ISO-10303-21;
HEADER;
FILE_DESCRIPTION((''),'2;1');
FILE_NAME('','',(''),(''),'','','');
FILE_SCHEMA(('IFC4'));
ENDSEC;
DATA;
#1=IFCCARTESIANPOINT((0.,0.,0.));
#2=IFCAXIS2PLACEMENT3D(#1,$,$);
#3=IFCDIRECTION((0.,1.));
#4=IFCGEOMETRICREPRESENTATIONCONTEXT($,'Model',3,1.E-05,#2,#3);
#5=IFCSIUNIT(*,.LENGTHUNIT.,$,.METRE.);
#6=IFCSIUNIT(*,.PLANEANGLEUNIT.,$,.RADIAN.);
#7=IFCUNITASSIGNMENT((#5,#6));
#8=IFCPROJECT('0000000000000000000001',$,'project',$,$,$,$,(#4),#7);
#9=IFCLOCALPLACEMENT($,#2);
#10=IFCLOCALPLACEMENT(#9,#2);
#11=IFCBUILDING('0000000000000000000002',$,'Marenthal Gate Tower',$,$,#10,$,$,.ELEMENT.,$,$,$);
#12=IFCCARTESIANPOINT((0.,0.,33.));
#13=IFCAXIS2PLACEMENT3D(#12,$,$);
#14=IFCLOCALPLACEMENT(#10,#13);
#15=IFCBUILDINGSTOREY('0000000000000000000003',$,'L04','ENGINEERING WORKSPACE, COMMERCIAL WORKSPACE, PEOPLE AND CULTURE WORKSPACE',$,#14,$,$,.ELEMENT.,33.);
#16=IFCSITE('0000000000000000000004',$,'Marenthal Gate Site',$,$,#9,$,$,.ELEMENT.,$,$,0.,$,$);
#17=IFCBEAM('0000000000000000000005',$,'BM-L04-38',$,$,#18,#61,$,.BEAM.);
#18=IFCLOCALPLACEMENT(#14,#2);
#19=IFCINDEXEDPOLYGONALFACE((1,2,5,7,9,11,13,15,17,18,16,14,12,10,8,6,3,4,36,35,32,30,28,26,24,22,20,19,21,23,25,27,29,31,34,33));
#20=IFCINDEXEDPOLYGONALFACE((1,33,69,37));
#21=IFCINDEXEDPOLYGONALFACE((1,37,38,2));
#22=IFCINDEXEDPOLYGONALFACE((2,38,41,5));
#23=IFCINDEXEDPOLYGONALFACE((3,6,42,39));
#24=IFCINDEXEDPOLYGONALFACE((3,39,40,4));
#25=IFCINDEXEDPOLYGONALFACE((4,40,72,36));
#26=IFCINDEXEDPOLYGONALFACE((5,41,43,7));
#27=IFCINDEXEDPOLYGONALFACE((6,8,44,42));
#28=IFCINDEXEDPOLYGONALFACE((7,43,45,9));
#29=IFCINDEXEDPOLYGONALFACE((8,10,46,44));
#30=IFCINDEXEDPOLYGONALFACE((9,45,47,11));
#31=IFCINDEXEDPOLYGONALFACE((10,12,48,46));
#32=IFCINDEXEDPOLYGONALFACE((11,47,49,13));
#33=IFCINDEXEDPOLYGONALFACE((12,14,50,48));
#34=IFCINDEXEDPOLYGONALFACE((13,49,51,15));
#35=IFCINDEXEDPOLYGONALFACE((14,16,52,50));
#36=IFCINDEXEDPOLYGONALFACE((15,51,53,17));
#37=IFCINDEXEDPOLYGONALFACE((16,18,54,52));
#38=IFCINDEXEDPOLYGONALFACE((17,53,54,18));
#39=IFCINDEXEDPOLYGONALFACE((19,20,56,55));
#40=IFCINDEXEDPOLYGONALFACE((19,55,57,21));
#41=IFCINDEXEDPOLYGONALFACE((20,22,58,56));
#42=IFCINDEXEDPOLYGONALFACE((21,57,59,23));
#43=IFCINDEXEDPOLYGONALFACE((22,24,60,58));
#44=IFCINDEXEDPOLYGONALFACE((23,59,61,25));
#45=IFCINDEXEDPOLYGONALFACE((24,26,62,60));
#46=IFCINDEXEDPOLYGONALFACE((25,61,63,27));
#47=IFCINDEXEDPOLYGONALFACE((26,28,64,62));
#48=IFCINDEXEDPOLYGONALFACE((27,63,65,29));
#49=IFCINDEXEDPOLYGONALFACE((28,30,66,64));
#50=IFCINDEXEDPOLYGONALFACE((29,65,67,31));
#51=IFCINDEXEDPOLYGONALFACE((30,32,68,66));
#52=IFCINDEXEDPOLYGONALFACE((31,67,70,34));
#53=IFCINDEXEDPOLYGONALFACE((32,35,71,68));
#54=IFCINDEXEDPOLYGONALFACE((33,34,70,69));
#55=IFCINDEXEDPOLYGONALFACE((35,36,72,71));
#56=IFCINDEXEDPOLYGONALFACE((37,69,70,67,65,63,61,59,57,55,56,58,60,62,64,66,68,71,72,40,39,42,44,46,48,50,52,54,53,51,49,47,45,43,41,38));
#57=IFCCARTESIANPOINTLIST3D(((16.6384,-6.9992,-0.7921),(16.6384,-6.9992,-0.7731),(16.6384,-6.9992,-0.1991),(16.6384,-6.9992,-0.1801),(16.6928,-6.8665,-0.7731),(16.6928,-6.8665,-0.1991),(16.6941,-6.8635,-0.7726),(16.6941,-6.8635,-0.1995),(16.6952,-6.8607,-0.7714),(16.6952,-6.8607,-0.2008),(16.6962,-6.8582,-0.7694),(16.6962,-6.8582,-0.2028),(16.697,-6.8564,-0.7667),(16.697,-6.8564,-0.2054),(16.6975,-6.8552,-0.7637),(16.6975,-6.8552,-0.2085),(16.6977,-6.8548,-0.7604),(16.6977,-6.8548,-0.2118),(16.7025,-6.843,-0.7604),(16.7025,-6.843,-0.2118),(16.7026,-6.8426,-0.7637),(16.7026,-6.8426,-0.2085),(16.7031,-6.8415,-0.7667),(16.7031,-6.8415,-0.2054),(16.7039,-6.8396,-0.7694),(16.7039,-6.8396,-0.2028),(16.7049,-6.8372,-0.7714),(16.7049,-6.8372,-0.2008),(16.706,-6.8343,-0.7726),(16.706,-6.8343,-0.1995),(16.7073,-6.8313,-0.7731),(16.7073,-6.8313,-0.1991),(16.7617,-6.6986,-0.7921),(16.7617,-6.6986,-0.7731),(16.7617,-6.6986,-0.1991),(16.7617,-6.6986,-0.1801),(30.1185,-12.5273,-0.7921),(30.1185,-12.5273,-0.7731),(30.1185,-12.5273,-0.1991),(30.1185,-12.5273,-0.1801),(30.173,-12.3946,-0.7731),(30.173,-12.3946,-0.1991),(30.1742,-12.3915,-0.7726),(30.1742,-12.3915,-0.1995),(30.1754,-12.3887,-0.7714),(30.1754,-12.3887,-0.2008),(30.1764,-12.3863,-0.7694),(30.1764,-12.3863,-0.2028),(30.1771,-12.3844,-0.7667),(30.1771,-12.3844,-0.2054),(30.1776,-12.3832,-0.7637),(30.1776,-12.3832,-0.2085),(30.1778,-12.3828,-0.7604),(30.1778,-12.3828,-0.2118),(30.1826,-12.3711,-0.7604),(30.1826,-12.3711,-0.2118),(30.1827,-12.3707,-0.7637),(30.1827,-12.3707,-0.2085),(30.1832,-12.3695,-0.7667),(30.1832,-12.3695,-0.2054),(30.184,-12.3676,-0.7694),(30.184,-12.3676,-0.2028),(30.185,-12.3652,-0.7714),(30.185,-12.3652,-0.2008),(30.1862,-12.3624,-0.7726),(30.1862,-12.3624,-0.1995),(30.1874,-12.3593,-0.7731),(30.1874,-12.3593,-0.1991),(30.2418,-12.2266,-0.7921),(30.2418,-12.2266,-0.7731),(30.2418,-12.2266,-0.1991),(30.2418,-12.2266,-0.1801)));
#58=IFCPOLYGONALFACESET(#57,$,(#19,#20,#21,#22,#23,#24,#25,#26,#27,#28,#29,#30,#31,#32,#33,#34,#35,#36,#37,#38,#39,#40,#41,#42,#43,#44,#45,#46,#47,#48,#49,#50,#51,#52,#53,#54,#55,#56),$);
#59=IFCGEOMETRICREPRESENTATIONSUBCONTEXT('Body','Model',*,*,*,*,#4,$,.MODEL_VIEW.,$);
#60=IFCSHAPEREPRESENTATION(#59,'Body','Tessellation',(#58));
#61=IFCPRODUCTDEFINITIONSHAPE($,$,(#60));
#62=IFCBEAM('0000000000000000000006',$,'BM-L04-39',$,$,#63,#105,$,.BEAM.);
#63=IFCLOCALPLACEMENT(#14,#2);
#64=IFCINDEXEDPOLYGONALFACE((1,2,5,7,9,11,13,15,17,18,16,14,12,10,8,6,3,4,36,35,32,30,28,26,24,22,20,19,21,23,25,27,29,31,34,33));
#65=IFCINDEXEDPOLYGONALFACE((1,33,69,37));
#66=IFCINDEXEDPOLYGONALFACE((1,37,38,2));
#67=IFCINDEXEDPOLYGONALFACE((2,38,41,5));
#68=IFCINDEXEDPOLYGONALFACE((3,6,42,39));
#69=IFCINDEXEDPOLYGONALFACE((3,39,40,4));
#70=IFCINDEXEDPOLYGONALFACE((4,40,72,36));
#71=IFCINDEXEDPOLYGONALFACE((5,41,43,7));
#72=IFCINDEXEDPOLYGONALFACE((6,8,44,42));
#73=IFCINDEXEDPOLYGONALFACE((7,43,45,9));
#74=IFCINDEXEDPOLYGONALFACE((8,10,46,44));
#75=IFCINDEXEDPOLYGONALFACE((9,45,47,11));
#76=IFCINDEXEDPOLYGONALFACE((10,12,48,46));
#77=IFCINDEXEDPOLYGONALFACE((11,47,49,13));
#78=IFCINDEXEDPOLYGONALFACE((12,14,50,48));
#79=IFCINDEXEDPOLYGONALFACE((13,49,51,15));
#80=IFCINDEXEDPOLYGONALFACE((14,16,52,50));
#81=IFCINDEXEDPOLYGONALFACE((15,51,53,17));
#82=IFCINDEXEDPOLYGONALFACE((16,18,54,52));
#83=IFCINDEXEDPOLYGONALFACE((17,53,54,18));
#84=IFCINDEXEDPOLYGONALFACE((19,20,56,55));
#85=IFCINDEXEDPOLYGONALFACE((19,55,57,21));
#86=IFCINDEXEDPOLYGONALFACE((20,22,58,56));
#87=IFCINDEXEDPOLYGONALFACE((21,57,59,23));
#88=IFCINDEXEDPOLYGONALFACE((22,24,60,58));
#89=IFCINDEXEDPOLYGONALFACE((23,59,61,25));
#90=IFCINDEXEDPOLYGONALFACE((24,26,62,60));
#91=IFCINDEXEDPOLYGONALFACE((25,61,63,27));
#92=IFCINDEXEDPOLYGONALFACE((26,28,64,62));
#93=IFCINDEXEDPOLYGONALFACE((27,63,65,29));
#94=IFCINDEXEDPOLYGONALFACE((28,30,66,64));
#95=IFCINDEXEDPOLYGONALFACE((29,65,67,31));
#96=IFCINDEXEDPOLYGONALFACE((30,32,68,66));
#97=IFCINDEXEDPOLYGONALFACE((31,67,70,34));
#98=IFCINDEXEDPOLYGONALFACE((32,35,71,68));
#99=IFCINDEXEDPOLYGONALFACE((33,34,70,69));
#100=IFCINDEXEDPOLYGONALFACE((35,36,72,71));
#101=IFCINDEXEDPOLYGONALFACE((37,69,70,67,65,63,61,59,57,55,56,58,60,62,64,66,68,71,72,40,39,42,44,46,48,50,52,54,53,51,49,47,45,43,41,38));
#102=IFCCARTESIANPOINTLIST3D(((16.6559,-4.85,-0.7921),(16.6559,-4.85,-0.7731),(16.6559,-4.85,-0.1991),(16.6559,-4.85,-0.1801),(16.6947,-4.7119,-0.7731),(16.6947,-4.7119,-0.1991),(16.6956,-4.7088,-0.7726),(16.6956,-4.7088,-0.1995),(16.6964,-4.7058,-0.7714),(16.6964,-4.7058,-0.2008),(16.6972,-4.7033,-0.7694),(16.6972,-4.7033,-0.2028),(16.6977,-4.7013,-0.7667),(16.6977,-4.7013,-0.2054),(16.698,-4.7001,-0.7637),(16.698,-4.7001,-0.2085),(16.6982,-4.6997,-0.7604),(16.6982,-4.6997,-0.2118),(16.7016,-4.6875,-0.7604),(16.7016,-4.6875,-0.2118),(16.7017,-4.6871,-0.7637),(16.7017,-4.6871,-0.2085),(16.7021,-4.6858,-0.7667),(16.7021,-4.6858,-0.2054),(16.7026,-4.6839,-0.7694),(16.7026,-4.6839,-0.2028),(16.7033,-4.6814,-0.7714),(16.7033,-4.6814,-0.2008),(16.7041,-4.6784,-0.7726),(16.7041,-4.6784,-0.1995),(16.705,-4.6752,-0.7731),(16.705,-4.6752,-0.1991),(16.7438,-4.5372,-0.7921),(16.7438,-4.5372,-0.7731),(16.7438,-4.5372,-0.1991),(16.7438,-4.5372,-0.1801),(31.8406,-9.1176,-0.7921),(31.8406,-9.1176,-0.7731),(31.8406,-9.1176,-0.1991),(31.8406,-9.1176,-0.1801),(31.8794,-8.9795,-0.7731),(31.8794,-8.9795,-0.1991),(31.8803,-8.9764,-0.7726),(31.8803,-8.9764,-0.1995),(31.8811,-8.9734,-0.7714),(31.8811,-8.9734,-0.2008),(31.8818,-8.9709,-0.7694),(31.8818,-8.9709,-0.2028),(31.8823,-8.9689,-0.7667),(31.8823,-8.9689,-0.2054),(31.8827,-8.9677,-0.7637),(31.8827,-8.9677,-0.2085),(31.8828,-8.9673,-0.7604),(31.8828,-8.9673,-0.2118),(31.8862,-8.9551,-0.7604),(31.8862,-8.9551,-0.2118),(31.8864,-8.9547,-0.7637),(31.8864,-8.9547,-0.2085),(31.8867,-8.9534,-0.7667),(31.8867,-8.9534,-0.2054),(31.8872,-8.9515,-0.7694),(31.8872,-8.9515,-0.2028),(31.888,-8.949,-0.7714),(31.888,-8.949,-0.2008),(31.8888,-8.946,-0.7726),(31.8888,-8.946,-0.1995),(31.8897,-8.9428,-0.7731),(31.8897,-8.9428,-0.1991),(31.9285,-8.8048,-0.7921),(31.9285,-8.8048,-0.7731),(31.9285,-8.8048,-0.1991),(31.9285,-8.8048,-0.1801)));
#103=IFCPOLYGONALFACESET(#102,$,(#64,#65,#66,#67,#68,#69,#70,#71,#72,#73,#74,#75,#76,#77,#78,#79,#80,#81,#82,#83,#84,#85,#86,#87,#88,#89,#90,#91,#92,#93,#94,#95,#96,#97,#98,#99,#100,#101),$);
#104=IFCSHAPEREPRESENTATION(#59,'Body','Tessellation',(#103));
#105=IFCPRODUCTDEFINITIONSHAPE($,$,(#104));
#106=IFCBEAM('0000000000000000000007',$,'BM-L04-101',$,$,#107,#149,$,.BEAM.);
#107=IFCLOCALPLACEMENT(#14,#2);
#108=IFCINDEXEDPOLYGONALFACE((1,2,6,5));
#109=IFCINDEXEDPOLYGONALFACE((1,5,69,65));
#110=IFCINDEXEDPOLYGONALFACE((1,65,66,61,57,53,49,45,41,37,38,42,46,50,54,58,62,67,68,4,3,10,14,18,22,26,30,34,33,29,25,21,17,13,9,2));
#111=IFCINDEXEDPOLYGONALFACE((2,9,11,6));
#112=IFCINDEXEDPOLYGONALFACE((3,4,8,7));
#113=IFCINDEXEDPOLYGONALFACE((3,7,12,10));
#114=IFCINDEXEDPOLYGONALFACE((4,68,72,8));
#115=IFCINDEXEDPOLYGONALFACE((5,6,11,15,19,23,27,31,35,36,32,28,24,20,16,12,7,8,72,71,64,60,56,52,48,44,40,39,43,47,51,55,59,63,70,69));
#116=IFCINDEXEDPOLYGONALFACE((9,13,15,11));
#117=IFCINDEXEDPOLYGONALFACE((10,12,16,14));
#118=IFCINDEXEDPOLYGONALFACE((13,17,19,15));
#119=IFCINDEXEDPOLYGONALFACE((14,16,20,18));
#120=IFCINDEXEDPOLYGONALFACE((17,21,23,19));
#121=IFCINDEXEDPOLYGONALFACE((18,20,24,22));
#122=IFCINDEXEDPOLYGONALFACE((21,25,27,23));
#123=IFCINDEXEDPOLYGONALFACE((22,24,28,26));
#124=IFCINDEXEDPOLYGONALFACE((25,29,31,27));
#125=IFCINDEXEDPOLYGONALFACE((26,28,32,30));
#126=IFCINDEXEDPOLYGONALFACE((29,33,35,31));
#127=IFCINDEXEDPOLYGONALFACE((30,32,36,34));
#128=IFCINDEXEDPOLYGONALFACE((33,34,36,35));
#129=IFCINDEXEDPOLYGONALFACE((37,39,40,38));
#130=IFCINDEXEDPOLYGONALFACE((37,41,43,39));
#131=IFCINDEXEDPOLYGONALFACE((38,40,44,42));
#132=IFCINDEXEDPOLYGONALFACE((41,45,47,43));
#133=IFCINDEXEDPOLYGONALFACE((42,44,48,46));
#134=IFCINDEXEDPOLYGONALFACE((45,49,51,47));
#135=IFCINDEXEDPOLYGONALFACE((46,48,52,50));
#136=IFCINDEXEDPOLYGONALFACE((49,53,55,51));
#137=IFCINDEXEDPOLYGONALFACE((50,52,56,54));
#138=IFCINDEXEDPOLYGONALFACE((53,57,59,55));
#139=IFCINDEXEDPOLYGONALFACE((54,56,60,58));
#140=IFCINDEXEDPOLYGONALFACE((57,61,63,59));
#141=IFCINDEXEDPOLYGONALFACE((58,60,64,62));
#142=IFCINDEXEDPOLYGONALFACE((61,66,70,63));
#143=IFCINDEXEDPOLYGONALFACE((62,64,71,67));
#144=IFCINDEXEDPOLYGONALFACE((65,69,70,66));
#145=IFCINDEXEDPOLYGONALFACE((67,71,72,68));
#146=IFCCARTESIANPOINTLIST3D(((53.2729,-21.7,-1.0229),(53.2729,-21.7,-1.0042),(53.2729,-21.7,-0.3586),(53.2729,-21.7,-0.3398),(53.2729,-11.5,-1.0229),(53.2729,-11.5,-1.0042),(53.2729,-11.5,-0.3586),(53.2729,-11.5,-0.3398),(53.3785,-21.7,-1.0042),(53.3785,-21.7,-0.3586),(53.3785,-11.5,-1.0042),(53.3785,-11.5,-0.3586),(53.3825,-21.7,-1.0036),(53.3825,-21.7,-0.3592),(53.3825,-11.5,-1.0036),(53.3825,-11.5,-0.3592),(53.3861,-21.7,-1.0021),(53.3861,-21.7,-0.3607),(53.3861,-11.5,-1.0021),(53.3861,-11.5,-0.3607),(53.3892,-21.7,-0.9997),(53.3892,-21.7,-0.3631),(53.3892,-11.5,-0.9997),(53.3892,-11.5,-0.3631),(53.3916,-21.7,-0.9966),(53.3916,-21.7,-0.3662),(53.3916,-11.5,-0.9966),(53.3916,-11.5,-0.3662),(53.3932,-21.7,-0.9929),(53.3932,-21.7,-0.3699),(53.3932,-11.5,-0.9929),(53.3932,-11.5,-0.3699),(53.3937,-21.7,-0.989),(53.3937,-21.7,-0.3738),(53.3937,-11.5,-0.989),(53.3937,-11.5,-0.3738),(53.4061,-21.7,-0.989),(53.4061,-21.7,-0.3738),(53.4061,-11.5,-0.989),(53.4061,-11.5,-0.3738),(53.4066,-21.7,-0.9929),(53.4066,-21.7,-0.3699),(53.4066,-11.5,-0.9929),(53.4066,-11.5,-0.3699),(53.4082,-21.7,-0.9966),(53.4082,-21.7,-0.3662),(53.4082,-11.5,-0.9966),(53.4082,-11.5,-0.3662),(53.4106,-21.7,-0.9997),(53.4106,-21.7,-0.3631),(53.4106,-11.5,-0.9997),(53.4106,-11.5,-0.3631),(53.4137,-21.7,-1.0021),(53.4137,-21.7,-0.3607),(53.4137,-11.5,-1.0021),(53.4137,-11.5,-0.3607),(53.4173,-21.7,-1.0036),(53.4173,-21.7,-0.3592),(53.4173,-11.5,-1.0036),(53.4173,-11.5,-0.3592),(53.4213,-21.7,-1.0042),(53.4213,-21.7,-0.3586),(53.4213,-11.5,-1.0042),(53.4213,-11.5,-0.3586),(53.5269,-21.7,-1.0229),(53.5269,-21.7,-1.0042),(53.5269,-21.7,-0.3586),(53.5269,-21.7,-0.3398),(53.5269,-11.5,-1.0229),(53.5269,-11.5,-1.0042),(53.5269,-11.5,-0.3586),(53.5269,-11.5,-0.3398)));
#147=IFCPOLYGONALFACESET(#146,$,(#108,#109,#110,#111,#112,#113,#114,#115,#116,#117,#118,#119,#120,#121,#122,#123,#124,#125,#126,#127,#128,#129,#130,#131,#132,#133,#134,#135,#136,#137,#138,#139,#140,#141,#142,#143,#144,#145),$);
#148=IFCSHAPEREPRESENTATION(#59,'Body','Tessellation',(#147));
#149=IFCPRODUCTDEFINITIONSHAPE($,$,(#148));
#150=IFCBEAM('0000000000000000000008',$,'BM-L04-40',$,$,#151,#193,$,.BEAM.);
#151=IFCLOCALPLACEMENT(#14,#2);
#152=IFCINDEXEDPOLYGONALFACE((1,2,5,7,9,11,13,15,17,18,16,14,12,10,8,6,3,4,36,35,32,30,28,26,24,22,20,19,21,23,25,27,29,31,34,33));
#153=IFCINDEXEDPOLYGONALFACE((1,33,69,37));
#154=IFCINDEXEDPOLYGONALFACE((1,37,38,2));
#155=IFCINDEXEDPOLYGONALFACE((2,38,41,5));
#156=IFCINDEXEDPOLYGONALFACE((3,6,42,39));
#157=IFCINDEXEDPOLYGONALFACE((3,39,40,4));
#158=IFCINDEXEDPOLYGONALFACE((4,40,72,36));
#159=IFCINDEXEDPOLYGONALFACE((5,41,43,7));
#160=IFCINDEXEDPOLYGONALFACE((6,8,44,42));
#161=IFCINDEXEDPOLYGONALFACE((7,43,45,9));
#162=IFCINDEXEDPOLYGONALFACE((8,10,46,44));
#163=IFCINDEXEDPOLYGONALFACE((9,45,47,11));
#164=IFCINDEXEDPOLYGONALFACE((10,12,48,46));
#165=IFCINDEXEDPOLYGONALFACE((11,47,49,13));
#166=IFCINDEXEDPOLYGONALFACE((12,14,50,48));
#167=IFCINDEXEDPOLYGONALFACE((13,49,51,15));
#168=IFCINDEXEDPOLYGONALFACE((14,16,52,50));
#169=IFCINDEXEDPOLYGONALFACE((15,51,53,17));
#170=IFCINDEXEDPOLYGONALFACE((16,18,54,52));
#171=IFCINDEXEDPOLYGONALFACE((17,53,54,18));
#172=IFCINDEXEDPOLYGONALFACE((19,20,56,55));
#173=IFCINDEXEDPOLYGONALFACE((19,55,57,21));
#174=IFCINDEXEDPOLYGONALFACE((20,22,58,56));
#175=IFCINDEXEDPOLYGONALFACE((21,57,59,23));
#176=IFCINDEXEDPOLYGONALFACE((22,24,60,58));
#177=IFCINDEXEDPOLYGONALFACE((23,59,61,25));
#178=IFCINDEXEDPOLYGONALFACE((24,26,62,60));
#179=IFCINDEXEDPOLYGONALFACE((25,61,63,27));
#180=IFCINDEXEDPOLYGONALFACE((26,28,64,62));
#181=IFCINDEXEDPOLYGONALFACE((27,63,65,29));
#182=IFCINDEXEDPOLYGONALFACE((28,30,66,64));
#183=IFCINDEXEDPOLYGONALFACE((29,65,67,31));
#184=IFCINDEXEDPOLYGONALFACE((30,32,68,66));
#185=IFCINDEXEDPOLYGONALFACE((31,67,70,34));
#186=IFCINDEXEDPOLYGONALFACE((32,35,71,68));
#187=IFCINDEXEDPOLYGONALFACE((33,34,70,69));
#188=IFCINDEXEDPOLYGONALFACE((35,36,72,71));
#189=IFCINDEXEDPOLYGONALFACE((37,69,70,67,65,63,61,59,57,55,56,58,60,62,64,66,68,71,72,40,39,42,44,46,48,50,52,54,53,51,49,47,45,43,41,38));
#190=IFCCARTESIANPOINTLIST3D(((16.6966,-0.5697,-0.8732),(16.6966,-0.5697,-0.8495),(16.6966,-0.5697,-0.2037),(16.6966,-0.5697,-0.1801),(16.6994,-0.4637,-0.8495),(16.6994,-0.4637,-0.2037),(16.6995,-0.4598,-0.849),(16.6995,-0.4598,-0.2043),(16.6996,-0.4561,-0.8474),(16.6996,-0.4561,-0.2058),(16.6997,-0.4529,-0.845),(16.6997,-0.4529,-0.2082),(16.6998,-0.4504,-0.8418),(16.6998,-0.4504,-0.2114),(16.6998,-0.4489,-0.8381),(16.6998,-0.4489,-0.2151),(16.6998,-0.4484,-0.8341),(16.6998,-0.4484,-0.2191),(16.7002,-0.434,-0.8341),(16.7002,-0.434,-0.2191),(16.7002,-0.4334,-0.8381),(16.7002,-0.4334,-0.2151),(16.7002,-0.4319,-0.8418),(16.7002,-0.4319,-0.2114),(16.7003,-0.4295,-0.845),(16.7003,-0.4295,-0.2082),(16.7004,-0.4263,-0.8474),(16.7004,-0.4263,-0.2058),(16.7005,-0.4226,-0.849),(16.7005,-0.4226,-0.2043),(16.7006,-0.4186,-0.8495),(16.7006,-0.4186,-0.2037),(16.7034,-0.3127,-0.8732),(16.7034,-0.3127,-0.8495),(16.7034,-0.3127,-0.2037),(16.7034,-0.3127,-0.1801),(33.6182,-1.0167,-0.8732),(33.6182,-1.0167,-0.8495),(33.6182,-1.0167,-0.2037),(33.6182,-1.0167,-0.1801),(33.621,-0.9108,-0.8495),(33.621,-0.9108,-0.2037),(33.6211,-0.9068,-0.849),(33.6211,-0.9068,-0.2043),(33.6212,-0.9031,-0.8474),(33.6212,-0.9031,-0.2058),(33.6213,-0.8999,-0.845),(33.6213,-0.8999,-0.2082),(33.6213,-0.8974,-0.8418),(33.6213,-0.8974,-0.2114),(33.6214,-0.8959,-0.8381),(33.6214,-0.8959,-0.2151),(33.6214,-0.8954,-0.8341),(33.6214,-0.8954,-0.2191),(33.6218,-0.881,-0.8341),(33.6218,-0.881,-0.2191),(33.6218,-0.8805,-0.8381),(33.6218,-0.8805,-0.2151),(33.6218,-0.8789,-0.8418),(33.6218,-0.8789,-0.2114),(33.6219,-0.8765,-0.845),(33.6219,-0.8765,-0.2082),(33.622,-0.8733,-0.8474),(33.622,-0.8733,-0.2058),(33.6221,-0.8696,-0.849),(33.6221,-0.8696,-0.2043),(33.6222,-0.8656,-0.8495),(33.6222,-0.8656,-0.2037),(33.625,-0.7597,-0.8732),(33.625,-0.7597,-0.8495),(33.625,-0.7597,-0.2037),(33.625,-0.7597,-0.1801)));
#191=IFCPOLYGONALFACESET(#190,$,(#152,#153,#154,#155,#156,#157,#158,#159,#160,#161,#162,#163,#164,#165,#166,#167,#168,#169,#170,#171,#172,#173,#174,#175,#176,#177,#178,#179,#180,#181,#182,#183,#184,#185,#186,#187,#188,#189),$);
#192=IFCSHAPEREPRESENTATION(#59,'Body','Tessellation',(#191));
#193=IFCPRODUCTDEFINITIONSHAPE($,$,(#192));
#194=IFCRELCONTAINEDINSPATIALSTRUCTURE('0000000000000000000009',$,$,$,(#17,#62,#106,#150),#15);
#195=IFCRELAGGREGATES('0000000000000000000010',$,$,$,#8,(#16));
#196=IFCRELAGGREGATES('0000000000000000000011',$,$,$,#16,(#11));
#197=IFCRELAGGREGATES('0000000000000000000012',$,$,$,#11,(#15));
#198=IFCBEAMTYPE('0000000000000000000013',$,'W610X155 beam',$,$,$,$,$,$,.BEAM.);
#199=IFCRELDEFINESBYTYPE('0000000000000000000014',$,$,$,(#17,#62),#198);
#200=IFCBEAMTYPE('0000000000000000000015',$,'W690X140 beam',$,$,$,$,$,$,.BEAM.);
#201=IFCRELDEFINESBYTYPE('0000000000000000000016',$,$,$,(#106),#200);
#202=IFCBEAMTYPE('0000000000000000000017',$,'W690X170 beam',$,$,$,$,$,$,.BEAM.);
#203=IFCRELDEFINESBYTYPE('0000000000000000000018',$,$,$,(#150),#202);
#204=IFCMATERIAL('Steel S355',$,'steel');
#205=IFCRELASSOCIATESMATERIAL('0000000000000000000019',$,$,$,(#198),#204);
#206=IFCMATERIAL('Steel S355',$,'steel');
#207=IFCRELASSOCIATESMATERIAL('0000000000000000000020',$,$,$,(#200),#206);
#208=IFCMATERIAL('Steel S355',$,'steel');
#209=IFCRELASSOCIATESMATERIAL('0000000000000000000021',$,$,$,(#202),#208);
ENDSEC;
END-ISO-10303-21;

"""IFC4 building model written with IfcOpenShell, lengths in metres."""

from ifc_helpers import new_model, si_unit, direction, frame, origin, origin_2d, place, context, subcontext, project, spatial, i_section, extrude, material, material_profile, profile_set, type_object, element, save


model = new_model("IFC4")

# Units and contexts
model_context = context("Model", 3, precision=1e-05, world=origin(), true_north=direction((0.0, 1.0)))
body_context = subcontext(model_context, "Body", "Model", "MODEL_VIEW")
ifc_project = project(units=[si_unit("LENGTHUNIT", "METRE"), si_unit("PLANEANGLEUNIT", "RADIAN")], contexts=[model_context])

# Site, building, storey
site_placement = place(None, origin())
site = spatial("IfcSite", under=ifc_project, at=site_placement, Name="Marenthal Gate Site", CompositionType="ELEMENT", RefElevation=0.0)
building_placement = place(site_placement, origin())
building = spatial("IfcBuilding", under=site, at=building_placement, Name="Marenthal Gate Tower", CompositionType="ELEMENT")
storey_placement = place(building_placement, frame((0.0, 0.0, 33.0)))
storey = spatial("IfcBuildingStorey", under=building, at=storey_placement, Name="L04", Description="ENGINEERING WORKSPACE, COMMERCIAL WORKSPACE, PEOPLE AND CULTURE WORKSPACE", CompositionType="ELEMENT", Elevation=33.0)

# Beams
ifc_material_1 = material(Name="Steel S355", Category="steel")
ifc_material_profile_1 = material_profile(ifc_material_1, i_section(OverallWidth=0.325, OverallDepth=0.6121, WebThickness=0.0127, FlangeThickness=0.019, FilletRadius=0.0127, at=origin_2d()), Name="W610X155")
ifc_profile_set_1 = profile_set([ifc_material_profile_1], Name="Steel S355")
beam_type_1 = type_object("IfcBeamType", Name="W610X155 beam", PredefinedType="BEAM", material=ifc_profile_set_1)
beam_1_placement = place(storey_placement, frame((30.1802, -12.377, -0.4861), z_axis=(-0.925223, 0.379423, 0.0), x_axis=(-0.379423, -0.925223, 0.0)))
element("IfcBeam", 1, at=beam_1_placement, inside=storey, type_object=beam_type_1, Name="BM-L04-38", PredefinedType="BEAM", context=body_context, shape_type="SweptSolid", body=[
    extrude(i_section(OverallWidth=0.325, OverallDepth=0.6121, WebThickness=0.0127, FlangeThickness=0.019, FilletRadius=0.0127, at=origin_2d()), origin(), (0.0, 0.0, 1.0), 14.5696),
])
beam_2_placement = place(storey_placement, frame((31.8845, -8.9612, -0.4861), z_axis=(-0.962702, 0.270564, 0.0), x_axis=(-0.270564, -0.962702, 0.0)))
element("IfcBeam", 2, at=beam_2_placement, inside=storey, type_object=beam_type_1, Name="BM-L04-39", PredefinedType="BEAM", context=body_context, shape_type="SweptSolid", body=[
    extrude(i_section(OverallWidth=0.325, OverallDepth=0.6121, WebThickness=0.0127, FlangeThickness=0.019, FilletRadius=0.0127, at=origin_2d()), origin(), (0.0, 0.0, 1.0), 15.7729),
])
ifc_material_2 = material(Name="Steel S355", Category="steel")
ifc_material_profile_2 = material_profile(ifc_material_2, i_section(OverallWidth=0.2539, OverallDepth=0.6831, WebThickness=0.0125, FlangeThickness=0.0188, FilletRadius=0.0151, at=origin_2d()), Name="W690X140")
ifc_profile_set_2 = profile_set([ifc_material_profile_2], Name="Steel S355")
beam_type_2 = type_object("IfcBeamType", Name="W690X140 beam", PredefinedType="BEAM", material=ifc_profile_set_2)
beam_3_placement = place(storey_placement, frame((53.3999, -21.7, -0.6814), z_axis=(0.0, 1.0, 0.0), x_axis=(-1.0, 0.0, 0.0)))
element("IfcBeam", 3, at=beam_3_placement, inside=storey, type_object=beam_type_2, Name="BM-L04-101", PredefinedType="BEAM", context=body_context, shape_type="SweptSolid", body=[
    extrude(i_section(OverallWidth=0.2539, OverallDepth=0.6831, WebThickness=0.0125, FlangeThickness=0.0188, FilletRadius=0.0151, at=origin_2d()), origin(), (0.0, 0.0, 1.0), 10.2),
])
ifc_material_3 = material(Name="Steel S355", Category="steel")
ifc_material_profile_3 = material_profile(ifc_material_3, i_section(OverallWidth=0.2571, OverallDepth=0.6931, WebThickness=0.0144, FlangeThickness=0.0237, FilletRadius=0.0154, at=origin_2d()), Name="W690X170")
ifc_profile_set_3 = profile_set([ifc_material_profile_3], Name="Steel S355")
beam_type_3 = type_object("IfcBeamType", Name="W690X170 beam", PredefinedType="BEAM", material=ifc_profile_set_3)
beam_4_placement = place(storey_placement, frame((33.6216, -0.8882, -0.5266), z_axis=(-0.999651, 0.026408, 0.0), x_axis=(-0.026408, -0.999651, 0.0)))
element("IfcBeam", 4, at=beam_4_placement, inside=storey, type_object=beam_type_3, Name="BM-L04-40", PredefinedType="BEAM", context=body_context, shape_type="SweptSolid", body=[
    extrude(i_section(OverallWidth=0.2571, OverallDepth=0.6931, WebThickness=0.0144, FlangeThickness=0.0237, FilletRadius=0.0154, at=origin_2d()), origin(), (0.0, 0.0, 1.0), 16.9275),
])

save(model, "model.ifc")
